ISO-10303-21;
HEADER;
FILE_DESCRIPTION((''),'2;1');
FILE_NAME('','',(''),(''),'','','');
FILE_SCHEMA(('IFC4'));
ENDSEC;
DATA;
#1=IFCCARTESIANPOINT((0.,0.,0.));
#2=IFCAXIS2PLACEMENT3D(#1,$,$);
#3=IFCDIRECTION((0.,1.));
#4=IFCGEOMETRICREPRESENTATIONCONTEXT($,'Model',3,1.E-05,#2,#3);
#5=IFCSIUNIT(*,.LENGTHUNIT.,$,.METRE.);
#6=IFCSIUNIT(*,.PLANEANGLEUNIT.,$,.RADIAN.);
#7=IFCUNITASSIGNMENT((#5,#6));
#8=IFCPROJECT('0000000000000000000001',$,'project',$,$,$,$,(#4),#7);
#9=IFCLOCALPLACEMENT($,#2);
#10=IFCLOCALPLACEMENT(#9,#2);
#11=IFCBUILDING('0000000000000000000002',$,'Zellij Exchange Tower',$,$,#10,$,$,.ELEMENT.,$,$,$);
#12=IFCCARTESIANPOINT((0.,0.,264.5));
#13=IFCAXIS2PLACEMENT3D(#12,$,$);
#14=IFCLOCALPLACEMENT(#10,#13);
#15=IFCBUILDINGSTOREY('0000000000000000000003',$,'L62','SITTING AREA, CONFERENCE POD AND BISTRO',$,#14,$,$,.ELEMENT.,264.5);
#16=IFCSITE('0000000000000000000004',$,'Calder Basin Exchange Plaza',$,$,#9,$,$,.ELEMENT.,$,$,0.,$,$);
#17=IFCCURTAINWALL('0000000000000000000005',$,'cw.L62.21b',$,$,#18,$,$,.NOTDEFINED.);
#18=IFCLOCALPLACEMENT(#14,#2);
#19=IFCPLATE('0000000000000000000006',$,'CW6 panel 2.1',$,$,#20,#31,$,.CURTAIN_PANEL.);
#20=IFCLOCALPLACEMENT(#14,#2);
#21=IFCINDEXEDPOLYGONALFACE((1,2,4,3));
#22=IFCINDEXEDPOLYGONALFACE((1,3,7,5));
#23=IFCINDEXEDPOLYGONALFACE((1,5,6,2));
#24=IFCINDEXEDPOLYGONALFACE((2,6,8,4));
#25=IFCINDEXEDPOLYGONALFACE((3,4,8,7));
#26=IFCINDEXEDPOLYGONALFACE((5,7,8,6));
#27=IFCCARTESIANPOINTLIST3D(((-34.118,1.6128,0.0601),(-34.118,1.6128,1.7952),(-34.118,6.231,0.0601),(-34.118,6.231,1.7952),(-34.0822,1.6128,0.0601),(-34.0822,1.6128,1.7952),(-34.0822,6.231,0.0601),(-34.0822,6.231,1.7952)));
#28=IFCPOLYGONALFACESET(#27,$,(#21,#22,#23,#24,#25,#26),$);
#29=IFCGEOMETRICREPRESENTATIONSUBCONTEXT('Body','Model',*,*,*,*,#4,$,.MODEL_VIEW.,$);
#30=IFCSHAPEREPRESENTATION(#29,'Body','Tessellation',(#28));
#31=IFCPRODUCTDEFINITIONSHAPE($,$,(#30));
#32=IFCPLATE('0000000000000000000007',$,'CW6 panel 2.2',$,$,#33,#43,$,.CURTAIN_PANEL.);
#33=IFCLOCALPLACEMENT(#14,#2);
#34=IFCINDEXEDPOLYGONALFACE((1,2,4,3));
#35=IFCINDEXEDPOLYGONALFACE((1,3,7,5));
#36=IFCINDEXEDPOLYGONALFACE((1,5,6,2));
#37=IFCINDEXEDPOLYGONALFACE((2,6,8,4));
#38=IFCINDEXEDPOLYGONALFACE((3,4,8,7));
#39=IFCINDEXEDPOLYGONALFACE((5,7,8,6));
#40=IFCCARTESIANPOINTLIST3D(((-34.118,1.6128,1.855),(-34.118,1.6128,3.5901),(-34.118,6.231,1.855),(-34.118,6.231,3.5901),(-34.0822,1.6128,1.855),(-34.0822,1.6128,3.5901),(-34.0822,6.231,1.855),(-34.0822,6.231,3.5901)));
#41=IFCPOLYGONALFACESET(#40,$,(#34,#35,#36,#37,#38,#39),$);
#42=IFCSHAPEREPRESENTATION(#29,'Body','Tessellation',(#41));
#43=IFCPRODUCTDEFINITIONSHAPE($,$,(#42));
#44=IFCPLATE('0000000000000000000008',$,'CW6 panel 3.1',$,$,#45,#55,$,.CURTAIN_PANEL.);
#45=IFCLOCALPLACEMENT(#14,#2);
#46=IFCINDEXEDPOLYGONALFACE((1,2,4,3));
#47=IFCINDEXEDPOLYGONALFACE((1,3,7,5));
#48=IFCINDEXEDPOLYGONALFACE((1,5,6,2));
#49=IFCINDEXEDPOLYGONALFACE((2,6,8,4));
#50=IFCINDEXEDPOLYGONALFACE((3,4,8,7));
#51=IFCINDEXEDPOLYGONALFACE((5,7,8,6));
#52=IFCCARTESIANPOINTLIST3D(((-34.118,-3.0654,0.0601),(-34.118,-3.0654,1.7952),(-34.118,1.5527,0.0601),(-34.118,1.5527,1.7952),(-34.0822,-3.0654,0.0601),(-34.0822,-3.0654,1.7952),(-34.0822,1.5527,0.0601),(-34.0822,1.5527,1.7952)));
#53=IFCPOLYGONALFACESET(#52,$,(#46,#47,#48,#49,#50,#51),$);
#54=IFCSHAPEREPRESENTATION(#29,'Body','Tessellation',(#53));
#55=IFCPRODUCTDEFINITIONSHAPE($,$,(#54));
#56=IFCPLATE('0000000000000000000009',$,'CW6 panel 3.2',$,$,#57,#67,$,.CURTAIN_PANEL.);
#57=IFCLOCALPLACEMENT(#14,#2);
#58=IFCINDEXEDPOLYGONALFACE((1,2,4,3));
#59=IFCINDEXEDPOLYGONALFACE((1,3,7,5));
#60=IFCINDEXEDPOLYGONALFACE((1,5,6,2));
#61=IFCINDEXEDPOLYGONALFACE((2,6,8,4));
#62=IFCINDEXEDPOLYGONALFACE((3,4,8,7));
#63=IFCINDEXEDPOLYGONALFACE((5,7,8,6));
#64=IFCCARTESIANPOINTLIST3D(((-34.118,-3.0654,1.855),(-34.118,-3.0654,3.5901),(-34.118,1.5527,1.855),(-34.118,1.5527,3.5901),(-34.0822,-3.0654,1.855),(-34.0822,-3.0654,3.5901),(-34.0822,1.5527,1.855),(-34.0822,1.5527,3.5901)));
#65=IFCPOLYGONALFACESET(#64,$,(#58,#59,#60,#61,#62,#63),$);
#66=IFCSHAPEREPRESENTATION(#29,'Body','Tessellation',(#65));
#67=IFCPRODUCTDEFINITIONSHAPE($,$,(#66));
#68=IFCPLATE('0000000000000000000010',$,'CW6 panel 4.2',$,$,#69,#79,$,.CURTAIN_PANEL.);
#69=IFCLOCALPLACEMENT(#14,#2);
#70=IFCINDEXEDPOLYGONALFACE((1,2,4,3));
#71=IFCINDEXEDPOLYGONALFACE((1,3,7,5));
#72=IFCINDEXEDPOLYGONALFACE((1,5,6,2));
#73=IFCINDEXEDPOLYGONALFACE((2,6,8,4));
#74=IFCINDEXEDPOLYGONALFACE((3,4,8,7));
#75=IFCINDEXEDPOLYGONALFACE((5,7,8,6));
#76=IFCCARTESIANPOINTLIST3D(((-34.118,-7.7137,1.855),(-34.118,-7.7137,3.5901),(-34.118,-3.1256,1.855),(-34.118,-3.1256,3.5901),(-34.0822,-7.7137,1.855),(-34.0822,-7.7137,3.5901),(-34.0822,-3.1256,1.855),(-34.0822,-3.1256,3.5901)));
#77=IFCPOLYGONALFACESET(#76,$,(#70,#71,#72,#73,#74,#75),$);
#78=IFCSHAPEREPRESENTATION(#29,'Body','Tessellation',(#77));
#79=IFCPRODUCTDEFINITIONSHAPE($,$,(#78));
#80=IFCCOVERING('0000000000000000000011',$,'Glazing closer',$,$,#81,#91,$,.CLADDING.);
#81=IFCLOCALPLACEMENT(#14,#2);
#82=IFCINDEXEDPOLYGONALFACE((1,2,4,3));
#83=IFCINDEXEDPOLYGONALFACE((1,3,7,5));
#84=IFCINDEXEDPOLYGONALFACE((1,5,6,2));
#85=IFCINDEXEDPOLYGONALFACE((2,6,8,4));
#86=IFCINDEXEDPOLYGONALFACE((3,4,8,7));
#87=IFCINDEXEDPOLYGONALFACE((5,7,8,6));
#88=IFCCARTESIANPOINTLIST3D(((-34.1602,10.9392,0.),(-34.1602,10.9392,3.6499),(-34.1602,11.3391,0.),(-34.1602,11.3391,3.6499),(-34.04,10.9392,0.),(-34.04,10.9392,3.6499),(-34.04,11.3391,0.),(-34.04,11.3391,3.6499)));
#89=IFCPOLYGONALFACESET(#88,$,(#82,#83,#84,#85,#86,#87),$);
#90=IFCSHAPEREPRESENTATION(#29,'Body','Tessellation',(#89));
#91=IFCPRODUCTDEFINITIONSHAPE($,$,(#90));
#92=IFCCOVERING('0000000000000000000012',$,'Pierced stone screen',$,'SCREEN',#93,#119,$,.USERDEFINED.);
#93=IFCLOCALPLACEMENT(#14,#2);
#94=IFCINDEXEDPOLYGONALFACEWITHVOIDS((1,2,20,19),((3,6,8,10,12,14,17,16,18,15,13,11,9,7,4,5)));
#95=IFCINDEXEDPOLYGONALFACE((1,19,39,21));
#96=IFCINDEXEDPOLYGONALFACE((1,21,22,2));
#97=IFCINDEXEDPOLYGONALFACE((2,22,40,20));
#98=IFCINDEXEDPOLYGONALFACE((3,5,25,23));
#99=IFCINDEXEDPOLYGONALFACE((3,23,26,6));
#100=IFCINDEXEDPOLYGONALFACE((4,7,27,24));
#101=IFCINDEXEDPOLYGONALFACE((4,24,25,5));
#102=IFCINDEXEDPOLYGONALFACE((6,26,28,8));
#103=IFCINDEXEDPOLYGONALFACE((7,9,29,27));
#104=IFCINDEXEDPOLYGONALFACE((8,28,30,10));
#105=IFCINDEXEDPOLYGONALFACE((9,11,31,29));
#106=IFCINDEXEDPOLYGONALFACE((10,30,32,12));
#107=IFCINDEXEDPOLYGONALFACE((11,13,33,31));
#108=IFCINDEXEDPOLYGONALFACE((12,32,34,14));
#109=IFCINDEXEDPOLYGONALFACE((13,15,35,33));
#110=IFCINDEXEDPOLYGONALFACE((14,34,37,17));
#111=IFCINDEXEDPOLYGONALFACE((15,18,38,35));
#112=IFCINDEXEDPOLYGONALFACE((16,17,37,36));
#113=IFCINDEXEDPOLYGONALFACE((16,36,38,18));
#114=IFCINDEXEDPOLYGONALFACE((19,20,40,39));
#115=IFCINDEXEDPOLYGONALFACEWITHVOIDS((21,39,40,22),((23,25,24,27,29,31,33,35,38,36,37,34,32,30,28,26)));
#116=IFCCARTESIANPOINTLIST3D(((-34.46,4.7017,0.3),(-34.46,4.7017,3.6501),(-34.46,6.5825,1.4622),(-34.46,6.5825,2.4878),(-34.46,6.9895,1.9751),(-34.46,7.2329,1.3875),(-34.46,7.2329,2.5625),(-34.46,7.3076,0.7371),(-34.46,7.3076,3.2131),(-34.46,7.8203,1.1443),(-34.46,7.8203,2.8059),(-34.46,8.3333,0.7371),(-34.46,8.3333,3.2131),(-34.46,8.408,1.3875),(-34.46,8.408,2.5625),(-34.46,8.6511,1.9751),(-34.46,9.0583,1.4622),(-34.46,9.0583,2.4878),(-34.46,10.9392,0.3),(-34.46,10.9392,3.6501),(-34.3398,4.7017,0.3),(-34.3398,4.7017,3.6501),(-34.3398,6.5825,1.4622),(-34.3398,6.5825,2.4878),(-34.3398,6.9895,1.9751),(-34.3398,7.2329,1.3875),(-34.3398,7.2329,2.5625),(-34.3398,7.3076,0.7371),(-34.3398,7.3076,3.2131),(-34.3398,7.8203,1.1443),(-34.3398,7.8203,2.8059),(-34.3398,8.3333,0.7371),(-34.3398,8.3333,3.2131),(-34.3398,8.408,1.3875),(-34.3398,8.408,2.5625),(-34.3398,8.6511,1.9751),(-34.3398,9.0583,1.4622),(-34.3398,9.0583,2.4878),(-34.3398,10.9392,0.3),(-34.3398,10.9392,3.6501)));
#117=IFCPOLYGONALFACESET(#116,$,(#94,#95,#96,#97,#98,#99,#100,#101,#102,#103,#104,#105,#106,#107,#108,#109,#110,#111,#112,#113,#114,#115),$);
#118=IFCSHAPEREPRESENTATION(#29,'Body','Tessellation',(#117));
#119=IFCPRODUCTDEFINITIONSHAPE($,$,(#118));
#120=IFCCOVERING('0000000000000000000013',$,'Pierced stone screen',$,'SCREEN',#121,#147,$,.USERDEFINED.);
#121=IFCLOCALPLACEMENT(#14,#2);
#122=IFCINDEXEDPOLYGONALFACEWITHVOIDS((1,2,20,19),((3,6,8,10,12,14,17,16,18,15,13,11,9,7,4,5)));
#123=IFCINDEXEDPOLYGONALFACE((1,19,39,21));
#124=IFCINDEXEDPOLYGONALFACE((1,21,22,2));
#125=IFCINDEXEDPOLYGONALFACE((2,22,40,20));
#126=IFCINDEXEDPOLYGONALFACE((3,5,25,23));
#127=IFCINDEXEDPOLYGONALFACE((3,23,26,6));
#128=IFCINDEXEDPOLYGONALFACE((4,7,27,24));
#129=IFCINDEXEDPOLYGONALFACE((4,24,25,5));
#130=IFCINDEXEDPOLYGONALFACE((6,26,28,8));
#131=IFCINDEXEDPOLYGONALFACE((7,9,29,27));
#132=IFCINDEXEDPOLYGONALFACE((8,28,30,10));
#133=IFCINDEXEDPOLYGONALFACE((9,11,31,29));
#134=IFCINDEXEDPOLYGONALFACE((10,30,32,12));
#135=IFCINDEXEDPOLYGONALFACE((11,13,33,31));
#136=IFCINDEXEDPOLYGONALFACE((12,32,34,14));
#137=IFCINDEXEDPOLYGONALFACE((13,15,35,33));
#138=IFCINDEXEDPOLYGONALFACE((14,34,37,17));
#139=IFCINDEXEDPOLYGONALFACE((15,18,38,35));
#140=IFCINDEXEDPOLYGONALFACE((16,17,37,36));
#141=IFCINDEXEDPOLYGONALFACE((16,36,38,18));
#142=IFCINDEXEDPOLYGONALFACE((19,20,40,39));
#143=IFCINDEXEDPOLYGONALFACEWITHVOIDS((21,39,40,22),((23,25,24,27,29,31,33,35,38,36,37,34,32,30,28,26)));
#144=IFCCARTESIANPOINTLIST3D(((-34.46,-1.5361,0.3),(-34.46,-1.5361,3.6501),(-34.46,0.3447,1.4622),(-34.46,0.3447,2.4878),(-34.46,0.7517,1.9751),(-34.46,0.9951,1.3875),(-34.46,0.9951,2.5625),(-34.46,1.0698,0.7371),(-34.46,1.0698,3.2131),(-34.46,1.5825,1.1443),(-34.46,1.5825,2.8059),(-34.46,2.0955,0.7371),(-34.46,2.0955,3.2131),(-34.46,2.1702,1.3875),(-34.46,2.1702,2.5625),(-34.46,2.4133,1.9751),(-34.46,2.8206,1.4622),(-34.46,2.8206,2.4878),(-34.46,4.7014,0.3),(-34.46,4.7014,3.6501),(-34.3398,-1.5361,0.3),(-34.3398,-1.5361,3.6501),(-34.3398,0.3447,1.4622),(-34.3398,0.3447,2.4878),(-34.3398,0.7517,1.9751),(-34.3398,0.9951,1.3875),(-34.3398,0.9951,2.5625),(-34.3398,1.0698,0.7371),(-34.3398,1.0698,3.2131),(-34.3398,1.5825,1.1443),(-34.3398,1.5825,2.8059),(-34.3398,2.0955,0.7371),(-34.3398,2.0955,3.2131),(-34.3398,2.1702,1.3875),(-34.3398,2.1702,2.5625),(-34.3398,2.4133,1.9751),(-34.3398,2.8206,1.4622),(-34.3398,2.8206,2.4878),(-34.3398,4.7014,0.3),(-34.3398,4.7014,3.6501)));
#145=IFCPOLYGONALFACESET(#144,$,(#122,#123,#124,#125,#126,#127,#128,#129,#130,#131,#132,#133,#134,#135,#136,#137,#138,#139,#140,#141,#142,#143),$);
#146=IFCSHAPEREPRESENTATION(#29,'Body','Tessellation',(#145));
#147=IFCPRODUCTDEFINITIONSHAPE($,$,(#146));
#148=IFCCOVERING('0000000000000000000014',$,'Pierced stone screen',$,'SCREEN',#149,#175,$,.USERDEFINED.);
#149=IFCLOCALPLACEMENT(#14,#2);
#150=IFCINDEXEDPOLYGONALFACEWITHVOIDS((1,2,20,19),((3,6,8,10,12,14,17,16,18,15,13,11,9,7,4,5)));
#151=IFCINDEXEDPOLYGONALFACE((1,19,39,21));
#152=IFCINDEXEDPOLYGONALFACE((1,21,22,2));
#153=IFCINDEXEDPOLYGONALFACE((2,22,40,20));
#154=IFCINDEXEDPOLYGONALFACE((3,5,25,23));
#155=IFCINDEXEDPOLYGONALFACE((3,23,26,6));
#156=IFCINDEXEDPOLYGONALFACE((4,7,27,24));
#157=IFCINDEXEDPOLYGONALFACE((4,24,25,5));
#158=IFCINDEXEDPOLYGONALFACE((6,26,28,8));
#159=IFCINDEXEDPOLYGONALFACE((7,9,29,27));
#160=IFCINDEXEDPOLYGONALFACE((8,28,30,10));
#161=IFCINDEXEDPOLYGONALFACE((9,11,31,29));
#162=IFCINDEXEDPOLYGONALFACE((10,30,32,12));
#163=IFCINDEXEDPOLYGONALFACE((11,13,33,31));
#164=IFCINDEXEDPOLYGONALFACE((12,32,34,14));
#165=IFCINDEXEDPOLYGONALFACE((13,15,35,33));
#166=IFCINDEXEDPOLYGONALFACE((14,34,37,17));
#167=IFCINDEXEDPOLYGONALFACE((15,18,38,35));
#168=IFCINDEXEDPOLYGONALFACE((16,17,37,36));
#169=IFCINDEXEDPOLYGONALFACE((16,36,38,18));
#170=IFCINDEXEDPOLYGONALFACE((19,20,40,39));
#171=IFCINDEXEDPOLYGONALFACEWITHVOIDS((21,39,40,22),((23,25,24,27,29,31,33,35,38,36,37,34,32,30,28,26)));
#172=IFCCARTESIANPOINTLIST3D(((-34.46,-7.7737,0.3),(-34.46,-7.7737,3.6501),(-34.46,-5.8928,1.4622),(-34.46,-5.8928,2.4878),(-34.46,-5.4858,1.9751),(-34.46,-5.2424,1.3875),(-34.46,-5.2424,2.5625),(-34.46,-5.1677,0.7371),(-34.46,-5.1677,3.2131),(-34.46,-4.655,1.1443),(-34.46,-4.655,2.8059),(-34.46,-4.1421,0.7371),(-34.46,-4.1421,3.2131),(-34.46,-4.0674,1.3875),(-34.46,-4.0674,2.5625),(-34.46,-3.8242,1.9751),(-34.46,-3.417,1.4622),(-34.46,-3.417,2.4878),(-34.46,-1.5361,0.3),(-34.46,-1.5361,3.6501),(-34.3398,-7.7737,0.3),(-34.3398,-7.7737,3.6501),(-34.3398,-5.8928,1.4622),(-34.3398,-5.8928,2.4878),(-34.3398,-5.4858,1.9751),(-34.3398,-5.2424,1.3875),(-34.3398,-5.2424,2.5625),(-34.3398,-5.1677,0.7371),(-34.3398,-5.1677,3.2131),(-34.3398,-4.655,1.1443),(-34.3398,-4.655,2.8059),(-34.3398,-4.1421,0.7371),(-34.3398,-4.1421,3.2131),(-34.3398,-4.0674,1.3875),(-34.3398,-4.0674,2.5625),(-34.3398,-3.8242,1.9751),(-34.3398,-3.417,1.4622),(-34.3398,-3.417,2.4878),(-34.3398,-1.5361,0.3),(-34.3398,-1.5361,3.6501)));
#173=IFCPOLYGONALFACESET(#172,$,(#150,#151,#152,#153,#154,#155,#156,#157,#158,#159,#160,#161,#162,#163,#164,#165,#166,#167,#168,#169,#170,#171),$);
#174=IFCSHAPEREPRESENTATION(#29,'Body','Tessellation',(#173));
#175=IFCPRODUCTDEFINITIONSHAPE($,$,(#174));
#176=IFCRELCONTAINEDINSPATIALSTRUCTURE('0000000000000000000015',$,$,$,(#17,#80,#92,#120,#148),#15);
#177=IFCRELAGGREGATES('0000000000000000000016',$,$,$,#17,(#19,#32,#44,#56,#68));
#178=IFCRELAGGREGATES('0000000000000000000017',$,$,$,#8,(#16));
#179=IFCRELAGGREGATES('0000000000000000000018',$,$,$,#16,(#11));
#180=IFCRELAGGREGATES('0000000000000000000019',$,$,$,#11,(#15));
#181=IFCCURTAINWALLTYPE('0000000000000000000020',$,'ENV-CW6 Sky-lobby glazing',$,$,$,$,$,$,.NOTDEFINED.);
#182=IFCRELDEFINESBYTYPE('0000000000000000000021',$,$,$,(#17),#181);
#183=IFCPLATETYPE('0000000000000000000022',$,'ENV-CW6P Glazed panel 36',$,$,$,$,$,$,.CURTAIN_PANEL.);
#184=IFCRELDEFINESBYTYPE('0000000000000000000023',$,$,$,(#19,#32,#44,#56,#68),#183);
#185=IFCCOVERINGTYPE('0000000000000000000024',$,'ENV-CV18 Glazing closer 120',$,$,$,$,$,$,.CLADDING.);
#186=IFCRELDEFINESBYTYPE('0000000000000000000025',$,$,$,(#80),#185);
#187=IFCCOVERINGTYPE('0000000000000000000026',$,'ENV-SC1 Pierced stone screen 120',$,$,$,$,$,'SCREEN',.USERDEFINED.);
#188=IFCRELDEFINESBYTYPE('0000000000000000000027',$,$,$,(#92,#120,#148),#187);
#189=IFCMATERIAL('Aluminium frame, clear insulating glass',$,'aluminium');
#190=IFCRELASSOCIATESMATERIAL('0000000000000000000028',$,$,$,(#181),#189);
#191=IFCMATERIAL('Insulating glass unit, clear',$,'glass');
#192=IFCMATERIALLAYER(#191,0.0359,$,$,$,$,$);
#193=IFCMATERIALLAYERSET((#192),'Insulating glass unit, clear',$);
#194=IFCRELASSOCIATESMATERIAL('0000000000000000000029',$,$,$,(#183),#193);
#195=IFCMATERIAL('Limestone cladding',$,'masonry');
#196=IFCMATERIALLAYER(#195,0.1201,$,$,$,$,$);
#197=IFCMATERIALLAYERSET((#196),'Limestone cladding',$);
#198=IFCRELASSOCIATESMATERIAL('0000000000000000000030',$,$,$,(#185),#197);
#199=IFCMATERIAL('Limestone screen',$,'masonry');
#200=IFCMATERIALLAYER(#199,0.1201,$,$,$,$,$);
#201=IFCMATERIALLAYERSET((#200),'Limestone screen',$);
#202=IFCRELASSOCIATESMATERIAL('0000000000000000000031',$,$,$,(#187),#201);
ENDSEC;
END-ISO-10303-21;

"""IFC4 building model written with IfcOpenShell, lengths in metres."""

from ifc_helpers import new_model, si_unit, direction, frame, origin, origin_2d, place, context, subcontext, project, spatial, polyline, rectangle, outline, extrude, material, layer, layer_set, type_object, element, aggregate, save


model = new_model("IFC4")

# Units and contexts
model_context = context("Model", 3, precision=1e-05, world=origin(), true_north=direction((0.0, 1.0)))
body_context = subcontext(model_context, "Body", "Model", "MODEL_VIEW")
ifc_project = project(units=[si_unit("LENGTHUNIT", "METRE"), si_unit("PLANEANGLEUNIT", "RADIAN")], contexts=[model_context])

# Site, building, storey
site_placement = place(None, origin())
site = spatial("IfcSite", under=ifc_project, at=site_placement, Name="Calder Basin Exchange Plaza", CompositionType="ELEMENT", RefElevation=0.0)
building_placement = place(site_placement, origin())
building = spatial("IfcBuilding", under=site, at=building_placement, Name="Zellij Exchange Tower", CompositionType="ELEMENT")
storey_placement = place(building_placement, frame((0.0, 0.0, 264.5)))
storey = spatial("IfcBuildingStorey", under=building, at=storey_placement, Name="L62", Description="SITTING AREA, CONFERENCE POD AND BISTRO", CompositionType="ELEMENT", Elevation=264.5)

# Shared definitions
ifc_material_1 = material(Name="Aluminium frame, clear insulating glass", Category="aluminium")
curtain_wall_type = type_object("IfcCurtainWallType", Name="ENV-CW6 Sky-lobby glazing", PredefinedType="NOTDEFINED", material=ifc_material_1)

# Curtain wall
curtain_wall_1_placement = place(storey_placement, origin())
curtain_wall_1 = element("IfcCurtainWall", 1, at=curtain_wall_1_placement, inside=storey, type_object=curtain_wall_type, Name="cw.L62.21b", PredefinedType="NOTDEFINED")

# Plates
ifc_material_2 = material(Name="Insulating glass unit, clear", Category="glass")
ifc_layer_1 = layer(ifc_material_2, 0.0359)
ifc_layer_set_1 = layer_set([ifc_layer_1], Name="Insulating glass unit, clear")
plate_type = type_object("IfcPlateType", Name="ENV-CW6P Glazed panel 36", PredefinedType="CURTAIN_PANEL", material=ifc_layer_set_1)
plate_1_placement = place(storey_placement, frame((-34.1001, 3.9219, 0.0601), z_axis=(0.0, 0.0, 1.0), x_axis=(0.0, -1.0, 0.0)))
plate_1 = element("IfcPlate", 2, at=plate_1_placement, type_object=plate_type, Name="CW6 panel 2.1", PredefinedType="CURTAIN_PANEL", context=body_context, shape_type="SweptSolid", body=[
    extrude(rectangle(XDim=4.6182, YDim=0.0359, at=origin_2d()), origin(), (0.0, 0.0, 1.0), 1.7351),
])
plate_2_placement = place(storey_placement, frame((-34.1001, 3.9219, 1.855), z_axis=(0.0, 0.0, 1.0), x_axis=(0.0, -1.0, 0.0)))
plate_2 = element("IfcPlate", 3, at=plate_2_placement, type_object=plate_type, Name="CW6 panel 2.2", PredefinedType="CURTAIN_PANEL", context=body_context, shape_type="SweptSolid", body=[
    extrude(rectangle(XDim=4.6182, YDim=0.0359, at=origin_2d()), origin(), (0.0, 0.0, 1.0), 1.7351),
])
plate_3_placement = place(storey_placement, frame((-34.1001, -0.7563, 0.0601), z_axis=(0.0, 0.0, 1.0), x_axis=(0.0, -1.0, 0.0)))
plate_3 = element("IfcPlate", 4, at=plate_3_placement, type_object=plate_type, Name="CW6 panel 3.1", PredefinedType="CURTAIN_PANEL", context=body_context, shape_type="SweptSolid", body=[
    extrude(rectangle(XDim=4.6182, YDim=0.0359, at=origin_2d()), origin(), (0.0, 0.0, 1.0), 1.7351),
])
plate_4_placement = place(storey_placement, frame((-34.1001, -0.7563, 1.855), z_axis=(0.0, 0.0, 1.0), x_axis=(0.0, -1.0, 0.0)))
plate_4 = element("IfcPlate", 5, at=plate_4_placement, type_object=plate_type, Name="CW6 panel 3.2", PredefinedType="CURTAIN_PANEL", context=body_context, shape_type="SweptSolid", body=[
    extrude(rectangle(XDim=4.6182, YDim=0.0359, at=origin_2d()), origin(), (0.0, 0.0, 1.0), 1.7351),
])
plate_5_placement = place(storey_placement, frame((-34.1001, -5.4197, 1.855), z_axis=(0.0, 0.0, 1.0), x_axis=(0.0, -1.0, 0.0)))
plate_5 = element("IfcPlate", 6, at=plate_5_placement, type_object=plate_type, Name="CW6 panel 4.2", PredefinedType="CURTAIN_PANEL", context=body_context, shape_type="SweptSolid", body=[
    extrude(rectangle(XDim=4.5881, YDim=0.0359, at=origin_2d()), origin(), (0.0, 0.0, 1.0), 1.7351),
])
aggregate(curtain_wall_1, [plate_1, plate_2, plate_3, plate_4, plate_5])

# Coverings
ifc_material_3 = material(Name="Limestone cladding", Category="masonry")
ifc_layer_2 = layer(ifc_material_3, 0.1201)
ifc_layer_set_2 = layer_set([ifc_layer_2], Name="Limestone cladding")
covering_type_1 = type_object("IfcCoveringType", Name="ENV-CV18 Glazing closer 120", PredefinedType="CLADDING", material=ifc_layer_set_2)
covering_placement = place(storey_placement, frame((-34.1001, 11.1392, 0.0), z_axis=(0.0, 0.0, 1.0), x_axis=(0.0, -1.0, 0.0)))
element("IfcCovering", 7, at=covering_placement, inside=storey, type_object=covering_type_1, Name="Glazing closer", PredefinedType="CLADDING", context=body_context, shape_type="SweptSolid", body=[
    extrude(rectangle(XDim=0.3999, YDim=0.1201, at=origin_2d()), origin(), (0.0, 0.0, 1.0), 3.6499),
])
ifc_material_4 = material(Name="Limestone screen", Category="masonry")
ifc_layer_3 = layer(ifc_material_4, 0.1201)
ifc_layer_set_3 = layer_set([ifc_layer_3], Name="Limestone screen")
covering_type_2 = type_object("IfcCoveringType", Name="ENV-SC1 Pierced stone screen 120", ElementType="SCREEN", PredefinedType="USERDEFINED", material=ifc_layer_set_3)
for number, where, z_axis, x_axis, name in (
    (8, (-34.3999, 10.9392, 0.3), (0.0, 0.0, 1.0), (0.0, -1.0, 0.0), "Pierced stone screen"),
    (9, (-34.3999, 4.7014, 0.3), (0.0, 0.0, 1.0), (0.0, -1.0, 0.0), "Pierced stone screen"),
    (10, (-34.3999, -1.5361, 0.3), (0.0, 0.0, 1.0), (0.0, -1.0, 0.0), "Pierced stone screen"),
):
    element("IfcCovering", number, at=place(storey_placement, frame(where, z_axis=z_axis, x_axis=x_axis)), inside=storey, type_object=covering_type_2, Name=name, ObjectType="SCREEN", PredefinedType="USERDEFINED", context=body_context, shape_type="SweptSolid", body=[
        extrude(outline(polyline([(0.0, 0.0), (6.2375, 0.0), (6.2375, 3.3501), (0.0, 3.3501), (0.0, 0.0)]), holes=[polyline([(4.3567, 2.1877), (3.7063, 2.2625), (3.6316, 2.9131), (3.1189, 2.5059), (2.606, 2.9131), (2.5312, 2.2625), (1.8809, 2.1877), (2.2881, 1.675), (1.8809, 1.1621), (2.5312, 1.0874), (2.606, 0.437), (3.1189, 0.8442), (3.6316, 0.437), (3.7063, 1.0874), (4.3567, 1.1621), (3.9497, 1.675), (4.3567, 2.1877)])]), frame((0.0, 0.0601, 0.0), z_axis=(0.0, -1.0, 0.0), x_axis=(1.0, 0.0, 0.0)), (0.0, 0.0, 1.0), 0.1201),
    ])

save(model, "model.ifc")
